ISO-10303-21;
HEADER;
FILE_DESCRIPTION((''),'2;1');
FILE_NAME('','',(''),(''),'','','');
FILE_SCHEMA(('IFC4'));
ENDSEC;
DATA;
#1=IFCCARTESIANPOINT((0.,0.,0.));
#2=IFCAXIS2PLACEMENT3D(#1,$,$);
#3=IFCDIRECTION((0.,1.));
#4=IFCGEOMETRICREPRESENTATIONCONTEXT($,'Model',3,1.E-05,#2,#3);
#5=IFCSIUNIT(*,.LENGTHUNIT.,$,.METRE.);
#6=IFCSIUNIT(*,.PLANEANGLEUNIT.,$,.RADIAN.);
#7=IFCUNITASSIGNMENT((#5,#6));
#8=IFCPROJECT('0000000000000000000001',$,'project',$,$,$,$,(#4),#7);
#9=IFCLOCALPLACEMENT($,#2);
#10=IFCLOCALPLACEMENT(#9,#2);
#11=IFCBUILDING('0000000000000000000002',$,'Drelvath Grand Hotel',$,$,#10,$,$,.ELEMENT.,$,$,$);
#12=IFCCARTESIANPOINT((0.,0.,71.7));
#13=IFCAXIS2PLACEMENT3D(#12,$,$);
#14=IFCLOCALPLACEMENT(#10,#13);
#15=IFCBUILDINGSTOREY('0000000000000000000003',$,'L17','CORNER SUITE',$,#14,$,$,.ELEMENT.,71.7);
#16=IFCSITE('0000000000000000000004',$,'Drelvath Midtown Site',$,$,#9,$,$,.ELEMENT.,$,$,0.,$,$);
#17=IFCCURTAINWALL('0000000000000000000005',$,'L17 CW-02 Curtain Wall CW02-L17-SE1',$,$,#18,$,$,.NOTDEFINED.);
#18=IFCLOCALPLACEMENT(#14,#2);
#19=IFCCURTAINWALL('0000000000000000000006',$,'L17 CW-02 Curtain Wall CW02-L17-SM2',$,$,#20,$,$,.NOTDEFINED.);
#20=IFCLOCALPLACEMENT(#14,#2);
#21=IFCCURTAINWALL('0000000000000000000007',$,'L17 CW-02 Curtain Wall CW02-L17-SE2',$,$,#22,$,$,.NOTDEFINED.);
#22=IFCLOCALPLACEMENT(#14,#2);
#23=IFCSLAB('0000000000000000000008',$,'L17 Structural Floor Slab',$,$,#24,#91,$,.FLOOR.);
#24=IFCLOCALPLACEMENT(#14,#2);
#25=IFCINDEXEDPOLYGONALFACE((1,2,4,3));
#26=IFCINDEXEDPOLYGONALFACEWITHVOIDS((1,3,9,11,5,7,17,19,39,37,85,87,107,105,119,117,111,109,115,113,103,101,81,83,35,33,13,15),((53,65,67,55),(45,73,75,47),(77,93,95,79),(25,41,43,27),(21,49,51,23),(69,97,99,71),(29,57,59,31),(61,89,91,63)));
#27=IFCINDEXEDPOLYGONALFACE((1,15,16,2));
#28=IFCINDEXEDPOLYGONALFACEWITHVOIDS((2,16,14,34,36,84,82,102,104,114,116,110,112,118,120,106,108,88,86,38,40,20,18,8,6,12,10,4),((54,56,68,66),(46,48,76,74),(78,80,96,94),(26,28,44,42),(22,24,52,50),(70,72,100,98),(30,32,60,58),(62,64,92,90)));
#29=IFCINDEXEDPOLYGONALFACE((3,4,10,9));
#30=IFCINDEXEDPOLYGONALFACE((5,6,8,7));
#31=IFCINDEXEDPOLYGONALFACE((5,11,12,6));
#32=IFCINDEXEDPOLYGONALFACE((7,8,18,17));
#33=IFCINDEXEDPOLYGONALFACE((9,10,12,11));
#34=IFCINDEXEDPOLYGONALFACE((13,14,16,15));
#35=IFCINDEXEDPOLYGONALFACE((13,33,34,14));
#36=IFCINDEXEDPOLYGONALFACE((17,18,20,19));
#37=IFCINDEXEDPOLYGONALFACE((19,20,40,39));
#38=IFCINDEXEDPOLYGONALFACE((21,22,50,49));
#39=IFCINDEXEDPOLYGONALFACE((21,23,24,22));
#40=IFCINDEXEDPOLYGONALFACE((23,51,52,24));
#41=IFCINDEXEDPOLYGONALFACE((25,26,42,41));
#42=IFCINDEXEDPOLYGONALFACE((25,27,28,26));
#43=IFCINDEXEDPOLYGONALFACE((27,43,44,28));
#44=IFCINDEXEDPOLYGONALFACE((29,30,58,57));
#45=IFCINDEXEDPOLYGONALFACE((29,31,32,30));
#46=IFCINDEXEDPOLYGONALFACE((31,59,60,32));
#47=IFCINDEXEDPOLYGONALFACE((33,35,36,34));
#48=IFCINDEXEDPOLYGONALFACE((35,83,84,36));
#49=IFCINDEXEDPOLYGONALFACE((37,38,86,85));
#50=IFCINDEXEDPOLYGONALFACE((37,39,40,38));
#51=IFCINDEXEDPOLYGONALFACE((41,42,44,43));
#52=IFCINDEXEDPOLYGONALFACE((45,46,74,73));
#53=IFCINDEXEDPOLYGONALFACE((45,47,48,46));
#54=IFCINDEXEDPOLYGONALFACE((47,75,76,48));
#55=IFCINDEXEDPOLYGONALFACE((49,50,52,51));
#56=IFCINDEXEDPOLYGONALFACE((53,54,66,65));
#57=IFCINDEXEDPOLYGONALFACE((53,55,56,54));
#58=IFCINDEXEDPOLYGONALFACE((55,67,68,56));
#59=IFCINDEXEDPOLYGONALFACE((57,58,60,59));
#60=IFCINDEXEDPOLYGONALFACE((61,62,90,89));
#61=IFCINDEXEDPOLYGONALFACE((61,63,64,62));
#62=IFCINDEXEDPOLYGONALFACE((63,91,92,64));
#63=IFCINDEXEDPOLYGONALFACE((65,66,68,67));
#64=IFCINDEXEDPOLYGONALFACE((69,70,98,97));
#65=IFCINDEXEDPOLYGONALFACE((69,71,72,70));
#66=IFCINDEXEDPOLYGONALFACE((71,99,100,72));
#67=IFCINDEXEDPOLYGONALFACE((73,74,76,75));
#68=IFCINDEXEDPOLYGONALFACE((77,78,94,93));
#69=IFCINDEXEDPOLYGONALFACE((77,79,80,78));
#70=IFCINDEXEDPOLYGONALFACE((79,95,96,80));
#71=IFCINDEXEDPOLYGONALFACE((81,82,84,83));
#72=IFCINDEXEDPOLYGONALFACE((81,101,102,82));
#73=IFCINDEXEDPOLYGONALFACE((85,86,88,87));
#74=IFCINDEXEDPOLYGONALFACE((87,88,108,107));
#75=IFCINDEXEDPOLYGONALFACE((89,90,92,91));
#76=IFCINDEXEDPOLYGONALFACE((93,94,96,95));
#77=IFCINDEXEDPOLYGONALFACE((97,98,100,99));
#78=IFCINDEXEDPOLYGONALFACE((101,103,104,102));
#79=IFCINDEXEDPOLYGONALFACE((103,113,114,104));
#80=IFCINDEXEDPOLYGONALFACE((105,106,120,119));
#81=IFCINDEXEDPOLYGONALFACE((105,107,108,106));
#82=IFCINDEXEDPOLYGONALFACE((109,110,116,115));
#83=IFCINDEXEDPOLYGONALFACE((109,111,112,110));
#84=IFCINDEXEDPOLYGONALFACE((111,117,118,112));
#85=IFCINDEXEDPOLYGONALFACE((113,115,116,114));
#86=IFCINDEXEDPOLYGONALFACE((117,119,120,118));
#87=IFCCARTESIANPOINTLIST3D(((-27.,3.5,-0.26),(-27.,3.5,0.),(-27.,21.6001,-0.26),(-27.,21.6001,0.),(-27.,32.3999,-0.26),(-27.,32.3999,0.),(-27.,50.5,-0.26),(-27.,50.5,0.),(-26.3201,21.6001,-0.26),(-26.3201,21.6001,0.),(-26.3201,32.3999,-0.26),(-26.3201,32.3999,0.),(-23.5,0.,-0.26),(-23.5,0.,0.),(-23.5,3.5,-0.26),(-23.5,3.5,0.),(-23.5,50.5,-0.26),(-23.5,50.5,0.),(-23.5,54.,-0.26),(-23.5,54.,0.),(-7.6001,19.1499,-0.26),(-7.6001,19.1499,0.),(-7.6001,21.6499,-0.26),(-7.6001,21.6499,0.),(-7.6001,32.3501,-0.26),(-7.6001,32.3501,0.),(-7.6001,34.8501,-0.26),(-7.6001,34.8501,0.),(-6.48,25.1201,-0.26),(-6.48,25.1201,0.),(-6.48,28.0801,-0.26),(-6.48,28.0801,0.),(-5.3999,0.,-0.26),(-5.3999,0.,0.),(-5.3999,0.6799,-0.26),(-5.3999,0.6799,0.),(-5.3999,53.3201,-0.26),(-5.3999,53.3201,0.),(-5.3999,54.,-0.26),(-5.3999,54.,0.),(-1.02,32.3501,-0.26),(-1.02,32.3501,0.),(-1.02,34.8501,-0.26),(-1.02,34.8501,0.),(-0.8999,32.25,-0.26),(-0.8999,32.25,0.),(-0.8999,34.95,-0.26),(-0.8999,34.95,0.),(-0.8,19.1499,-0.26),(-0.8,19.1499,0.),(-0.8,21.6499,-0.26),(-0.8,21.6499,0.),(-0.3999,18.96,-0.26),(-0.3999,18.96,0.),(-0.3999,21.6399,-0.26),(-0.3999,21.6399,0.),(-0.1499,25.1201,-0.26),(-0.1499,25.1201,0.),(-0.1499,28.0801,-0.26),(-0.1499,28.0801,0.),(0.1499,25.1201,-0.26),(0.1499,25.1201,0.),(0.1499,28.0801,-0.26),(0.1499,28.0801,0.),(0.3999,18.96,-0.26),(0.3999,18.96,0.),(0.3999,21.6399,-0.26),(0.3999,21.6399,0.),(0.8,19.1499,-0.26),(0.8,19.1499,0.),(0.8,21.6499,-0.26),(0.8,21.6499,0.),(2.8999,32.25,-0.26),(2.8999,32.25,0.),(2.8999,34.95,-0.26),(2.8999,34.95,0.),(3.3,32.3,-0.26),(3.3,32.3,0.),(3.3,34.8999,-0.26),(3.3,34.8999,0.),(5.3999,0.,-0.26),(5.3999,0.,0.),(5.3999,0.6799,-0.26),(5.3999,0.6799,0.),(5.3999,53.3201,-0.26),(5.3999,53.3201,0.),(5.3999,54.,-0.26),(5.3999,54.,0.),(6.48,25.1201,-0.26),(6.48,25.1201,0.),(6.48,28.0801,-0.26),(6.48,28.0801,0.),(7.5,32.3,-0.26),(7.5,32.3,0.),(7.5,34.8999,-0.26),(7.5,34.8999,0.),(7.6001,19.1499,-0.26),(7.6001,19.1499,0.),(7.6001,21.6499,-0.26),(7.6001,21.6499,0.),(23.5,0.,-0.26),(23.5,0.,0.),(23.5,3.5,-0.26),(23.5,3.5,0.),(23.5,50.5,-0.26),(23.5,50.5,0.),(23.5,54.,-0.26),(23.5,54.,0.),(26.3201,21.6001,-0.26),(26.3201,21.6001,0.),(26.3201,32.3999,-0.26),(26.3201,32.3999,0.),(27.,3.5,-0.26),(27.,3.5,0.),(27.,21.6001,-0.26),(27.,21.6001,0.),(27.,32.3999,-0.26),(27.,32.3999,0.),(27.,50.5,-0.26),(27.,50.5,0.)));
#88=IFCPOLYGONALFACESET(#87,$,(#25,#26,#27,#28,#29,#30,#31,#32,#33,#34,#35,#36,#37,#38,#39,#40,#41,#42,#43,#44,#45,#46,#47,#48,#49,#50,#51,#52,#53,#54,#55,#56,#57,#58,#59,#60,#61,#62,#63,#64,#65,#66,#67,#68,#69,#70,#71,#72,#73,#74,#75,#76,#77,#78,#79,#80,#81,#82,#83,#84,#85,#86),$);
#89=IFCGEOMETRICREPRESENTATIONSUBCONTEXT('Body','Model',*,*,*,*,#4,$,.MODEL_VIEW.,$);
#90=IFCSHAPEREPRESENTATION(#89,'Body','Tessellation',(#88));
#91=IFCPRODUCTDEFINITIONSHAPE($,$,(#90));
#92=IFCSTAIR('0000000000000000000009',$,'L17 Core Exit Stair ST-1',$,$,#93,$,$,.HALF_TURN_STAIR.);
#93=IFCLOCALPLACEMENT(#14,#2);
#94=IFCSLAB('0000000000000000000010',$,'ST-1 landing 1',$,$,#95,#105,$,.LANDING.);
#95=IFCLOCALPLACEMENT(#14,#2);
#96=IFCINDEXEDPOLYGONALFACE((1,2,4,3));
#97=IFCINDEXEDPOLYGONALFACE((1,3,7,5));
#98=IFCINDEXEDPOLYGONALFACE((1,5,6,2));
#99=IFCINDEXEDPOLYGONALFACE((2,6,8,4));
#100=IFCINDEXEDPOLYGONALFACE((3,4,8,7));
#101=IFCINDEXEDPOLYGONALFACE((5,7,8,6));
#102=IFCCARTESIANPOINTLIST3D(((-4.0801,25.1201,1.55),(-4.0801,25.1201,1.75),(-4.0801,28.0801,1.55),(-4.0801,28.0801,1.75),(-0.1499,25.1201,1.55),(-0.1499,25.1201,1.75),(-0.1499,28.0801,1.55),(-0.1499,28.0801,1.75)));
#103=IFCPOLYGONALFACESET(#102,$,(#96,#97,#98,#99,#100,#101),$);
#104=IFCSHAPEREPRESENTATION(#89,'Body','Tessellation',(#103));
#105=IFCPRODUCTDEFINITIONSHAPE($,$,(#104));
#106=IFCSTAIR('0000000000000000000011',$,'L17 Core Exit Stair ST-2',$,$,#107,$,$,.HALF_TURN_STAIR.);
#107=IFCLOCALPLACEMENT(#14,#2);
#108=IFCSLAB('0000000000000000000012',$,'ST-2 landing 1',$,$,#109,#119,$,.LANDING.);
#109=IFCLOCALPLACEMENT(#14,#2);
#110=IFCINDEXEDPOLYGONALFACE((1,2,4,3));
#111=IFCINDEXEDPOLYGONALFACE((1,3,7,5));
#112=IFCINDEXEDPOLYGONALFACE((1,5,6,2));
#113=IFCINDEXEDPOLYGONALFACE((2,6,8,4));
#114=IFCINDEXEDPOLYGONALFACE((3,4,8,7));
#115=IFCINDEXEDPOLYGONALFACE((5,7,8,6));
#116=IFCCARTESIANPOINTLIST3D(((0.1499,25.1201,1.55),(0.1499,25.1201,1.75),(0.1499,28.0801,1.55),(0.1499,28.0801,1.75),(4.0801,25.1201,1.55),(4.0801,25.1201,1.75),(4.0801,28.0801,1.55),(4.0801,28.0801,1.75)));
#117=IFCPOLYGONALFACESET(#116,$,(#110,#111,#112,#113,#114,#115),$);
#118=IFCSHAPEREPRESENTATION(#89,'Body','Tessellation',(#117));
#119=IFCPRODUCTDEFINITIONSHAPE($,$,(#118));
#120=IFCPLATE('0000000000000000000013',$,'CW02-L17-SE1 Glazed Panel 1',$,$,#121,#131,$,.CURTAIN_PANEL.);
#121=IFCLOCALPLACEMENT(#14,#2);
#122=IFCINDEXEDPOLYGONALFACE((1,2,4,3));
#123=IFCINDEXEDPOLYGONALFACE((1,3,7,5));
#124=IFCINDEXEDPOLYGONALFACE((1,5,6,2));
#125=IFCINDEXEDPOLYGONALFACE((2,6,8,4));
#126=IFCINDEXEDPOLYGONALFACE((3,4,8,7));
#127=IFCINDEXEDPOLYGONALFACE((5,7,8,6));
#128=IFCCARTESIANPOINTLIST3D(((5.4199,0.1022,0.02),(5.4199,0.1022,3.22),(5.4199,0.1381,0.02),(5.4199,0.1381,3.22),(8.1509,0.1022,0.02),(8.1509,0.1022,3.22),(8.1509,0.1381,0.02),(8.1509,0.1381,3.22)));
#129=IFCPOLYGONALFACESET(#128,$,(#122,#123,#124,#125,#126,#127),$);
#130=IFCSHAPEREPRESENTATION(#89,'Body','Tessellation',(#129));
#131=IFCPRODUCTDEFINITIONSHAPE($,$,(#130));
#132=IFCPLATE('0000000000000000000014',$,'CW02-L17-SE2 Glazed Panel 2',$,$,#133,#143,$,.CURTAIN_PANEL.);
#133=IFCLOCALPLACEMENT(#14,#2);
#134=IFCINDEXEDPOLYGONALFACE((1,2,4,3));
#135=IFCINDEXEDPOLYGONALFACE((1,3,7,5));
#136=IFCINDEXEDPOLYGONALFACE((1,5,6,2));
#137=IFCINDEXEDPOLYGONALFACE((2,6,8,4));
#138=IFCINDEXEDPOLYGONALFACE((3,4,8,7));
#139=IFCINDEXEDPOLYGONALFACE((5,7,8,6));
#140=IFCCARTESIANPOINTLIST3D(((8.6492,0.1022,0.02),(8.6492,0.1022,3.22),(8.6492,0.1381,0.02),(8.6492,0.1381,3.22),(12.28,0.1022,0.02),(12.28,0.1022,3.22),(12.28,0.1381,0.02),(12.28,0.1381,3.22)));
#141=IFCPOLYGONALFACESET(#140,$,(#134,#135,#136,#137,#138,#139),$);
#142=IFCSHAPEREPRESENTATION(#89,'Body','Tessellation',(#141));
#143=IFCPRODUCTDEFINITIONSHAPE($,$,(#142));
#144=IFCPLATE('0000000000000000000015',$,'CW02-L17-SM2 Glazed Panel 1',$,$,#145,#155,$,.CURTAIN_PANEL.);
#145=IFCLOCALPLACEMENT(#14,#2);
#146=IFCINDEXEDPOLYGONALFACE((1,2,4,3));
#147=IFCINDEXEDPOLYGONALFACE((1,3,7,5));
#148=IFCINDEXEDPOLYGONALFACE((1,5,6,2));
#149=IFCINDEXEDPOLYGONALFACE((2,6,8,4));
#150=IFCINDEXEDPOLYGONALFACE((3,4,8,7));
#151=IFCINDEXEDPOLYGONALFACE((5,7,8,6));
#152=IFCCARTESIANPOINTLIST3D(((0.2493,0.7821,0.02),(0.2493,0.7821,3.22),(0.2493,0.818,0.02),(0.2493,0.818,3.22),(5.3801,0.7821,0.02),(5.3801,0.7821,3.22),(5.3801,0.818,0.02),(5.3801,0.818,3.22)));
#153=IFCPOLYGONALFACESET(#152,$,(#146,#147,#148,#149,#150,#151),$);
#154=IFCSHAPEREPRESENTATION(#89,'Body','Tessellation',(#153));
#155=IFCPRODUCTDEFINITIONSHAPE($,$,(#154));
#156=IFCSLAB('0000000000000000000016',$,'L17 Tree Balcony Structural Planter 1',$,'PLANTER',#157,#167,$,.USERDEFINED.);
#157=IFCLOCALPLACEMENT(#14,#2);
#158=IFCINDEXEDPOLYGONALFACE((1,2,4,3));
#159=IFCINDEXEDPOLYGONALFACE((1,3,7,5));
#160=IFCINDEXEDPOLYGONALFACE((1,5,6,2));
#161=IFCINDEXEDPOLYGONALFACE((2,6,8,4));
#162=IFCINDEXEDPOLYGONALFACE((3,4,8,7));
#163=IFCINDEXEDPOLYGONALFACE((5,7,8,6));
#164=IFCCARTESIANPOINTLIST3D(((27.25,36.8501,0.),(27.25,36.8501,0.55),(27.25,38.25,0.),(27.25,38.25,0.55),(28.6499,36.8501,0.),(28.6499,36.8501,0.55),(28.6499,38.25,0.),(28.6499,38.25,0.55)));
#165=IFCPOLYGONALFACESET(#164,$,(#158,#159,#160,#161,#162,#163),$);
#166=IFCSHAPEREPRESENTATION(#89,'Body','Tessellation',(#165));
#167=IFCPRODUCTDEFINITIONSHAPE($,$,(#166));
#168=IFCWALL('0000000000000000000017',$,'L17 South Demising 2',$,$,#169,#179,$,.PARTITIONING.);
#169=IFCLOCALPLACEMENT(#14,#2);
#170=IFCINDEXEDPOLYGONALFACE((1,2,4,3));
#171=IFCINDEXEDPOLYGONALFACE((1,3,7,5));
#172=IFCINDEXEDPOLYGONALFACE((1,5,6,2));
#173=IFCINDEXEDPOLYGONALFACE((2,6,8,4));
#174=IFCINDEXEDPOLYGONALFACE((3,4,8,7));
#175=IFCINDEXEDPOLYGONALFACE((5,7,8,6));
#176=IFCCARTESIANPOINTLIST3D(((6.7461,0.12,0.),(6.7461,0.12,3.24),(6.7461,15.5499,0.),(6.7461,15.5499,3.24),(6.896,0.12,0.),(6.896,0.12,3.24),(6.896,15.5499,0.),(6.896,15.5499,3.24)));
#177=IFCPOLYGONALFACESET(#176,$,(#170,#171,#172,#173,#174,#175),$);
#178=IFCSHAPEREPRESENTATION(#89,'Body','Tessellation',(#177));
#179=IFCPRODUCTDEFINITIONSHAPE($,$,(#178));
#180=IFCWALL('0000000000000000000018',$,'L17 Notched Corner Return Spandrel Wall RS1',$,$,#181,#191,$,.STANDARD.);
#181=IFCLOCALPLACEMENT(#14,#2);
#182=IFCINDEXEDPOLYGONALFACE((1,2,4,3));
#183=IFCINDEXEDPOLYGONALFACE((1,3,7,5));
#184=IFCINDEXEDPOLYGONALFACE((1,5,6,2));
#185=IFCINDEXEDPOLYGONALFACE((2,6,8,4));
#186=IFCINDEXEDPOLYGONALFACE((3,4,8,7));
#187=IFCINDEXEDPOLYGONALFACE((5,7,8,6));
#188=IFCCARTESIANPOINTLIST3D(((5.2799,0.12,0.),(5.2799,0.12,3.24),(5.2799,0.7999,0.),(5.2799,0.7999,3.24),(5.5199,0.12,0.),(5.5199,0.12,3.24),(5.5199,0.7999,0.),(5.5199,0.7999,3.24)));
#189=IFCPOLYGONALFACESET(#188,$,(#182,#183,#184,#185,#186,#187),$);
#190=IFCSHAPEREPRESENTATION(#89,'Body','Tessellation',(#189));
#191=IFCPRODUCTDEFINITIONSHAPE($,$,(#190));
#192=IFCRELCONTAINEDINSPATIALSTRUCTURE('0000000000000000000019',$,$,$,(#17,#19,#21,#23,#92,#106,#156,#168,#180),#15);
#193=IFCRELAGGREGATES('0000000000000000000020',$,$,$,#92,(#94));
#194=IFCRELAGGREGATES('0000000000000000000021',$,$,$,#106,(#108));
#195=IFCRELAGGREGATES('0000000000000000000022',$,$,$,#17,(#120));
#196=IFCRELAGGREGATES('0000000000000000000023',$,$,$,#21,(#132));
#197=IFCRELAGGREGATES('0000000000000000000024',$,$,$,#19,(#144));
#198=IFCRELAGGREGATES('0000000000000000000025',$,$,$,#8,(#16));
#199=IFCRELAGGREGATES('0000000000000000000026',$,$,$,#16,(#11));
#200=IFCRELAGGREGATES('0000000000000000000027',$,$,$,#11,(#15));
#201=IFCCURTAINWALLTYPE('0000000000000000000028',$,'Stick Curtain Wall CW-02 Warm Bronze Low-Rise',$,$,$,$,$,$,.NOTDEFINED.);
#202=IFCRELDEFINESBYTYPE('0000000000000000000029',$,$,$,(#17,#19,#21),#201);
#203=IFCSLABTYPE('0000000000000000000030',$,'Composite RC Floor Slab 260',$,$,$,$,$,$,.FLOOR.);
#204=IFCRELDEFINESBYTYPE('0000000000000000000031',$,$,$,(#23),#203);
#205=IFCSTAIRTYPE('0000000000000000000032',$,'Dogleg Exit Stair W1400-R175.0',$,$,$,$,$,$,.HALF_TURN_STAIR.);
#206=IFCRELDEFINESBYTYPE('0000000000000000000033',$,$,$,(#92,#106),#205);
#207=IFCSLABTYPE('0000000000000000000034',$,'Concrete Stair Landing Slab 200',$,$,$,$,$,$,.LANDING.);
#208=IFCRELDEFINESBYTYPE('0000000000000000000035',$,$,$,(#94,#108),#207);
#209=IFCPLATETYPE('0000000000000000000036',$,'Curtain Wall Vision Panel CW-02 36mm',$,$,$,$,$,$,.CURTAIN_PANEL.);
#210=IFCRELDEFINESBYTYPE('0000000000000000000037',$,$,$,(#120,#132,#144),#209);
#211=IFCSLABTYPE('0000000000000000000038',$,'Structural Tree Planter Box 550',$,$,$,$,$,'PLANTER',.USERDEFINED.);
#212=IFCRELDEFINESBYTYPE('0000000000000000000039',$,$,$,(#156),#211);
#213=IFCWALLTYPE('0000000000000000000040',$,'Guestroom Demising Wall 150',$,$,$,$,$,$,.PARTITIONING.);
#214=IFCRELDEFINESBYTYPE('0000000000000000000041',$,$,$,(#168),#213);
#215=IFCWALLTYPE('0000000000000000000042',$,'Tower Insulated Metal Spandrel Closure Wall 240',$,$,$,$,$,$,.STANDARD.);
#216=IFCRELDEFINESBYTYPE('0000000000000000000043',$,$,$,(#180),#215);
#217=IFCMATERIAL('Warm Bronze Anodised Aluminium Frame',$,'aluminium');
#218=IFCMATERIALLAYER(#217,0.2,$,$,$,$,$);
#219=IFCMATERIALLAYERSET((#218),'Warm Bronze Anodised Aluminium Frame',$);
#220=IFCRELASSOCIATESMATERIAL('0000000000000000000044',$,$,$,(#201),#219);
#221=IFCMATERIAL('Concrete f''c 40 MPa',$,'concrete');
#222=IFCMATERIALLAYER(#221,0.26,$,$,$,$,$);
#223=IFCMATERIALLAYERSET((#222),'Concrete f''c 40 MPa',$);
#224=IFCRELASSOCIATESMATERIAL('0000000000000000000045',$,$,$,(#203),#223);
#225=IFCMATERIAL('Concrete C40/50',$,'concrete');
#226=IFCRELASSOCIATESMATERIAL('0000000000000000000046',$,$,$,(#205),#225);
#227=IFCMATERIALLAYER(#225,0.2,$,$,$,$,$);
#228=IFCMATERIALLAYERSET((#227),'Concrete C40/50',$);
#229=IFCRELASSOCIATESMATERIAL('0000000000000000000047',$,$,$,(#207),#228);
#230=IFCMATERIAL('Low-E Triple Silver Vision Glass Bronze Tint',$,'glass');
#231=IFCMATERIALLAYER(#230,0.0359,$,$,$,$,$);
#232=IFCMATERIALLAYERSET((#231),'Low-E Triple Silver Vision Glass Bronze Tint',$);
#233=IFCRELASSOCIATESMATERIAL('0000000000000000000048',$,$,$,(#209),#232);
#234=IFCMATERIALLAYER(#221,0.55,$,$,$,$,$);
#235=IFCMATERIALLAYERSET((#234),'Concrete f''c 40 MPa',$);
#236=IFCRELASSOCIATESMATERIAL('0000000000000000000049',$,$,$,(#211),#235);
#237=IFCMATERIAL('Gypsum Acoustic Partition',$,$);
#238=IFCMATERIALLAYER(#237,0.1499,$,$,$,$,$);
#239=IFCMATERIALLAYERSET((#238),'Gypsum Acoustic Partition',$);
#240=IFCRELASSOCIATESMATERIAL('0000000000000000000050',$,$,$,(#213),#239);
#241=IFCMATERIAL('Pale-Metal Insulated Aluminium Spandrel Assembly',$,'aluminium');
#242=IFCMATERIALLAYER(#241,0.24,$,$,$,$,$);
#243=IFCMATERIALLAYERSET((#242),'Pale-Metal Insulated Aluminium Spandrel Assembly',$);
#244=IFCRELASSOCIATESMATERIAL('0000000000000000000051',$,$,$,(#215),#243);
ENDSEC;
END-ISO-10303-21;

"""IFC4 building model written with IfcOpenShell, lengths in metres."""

from ifc_helpers import new_model, si_unit, direction, frame, frame_2d, origin, origin_2d, place, context, subcontext, project, spatial, polyline, rectangle, outline, extrude, material, layer, layer_set, type_object, element, aggregate, save


model = new_model("IFC4")

# Units and contexts
model_context = context("Model", 3, precision=1e-05, world=origin(), true_north=direction((0.0, 1.0)))
body_context = subcontext(model_context, "Body", "Model", "MODEL_VIEW")
ifc_project = project(units=[si_unit("LENGTHUNIT", "METRE"), si_unit("PLANEANGLEUNIT", "RADIAN")], contexts=[model_context])

# Site, building, storey
site_placement = place(None, origin())
site = spatial("IfcSite", under=ifc_project, at=site_placement, Name="Drelvath Midtown Site", CompositionType="ELEMENT", RefElevation=0.0)
building_placement = place(site_placement, origin())
building = spatial("IfcBuilding", under=site, at=building_placement, Name="Drelvath Grand Hotel", CompositionType="ELEMENT")
storey_placement = place(building_placement, frame((0.0, 0.0, 71.7)))
storey = spatial("IfcBuildingStorey", under=building, at=storey_placement, Name="L17", Description="CORNER SUITE", CompositionType="ELEMENT", Elevation=71.7)

# Curtain walls
ifc_material_1 = material(Name="Warm Bronze Anodised Aluminium Frame", Category="aluminium")
ifc_layer_1 = layer(ifc_material_1, 0.2)
ifc_layer_set_1 = layer_set([ifc_layer_1], Name="Warm Bronze Anodised Aluminium Frame")
curtain_wall_type = type_object("IfcCurtainWallType", Name="Stick Curtain Wall CW-02 Warm Bronze Low-Rise", PredefinedType="NOTDEFINED", material=ifc_layer_set_1)
curtain_wall_1_placement = place(storey_placement, origin())
curtain_wall_1 = element("IfcCurtainWall", 1, at=curtain_wall_1_placement, inside=storey, type_object=curtain_wall_type, Name="L17 CW-02 Curtain Wall CW02-L17-SE1", PredefinedType="NOTDEFINED")
curtain_wall_2_placement = place(storey_placement, origin())
curtain_wall_2 = element("IfcCurtainWall", 2, at=curtain_wall_2_placement, inside=storey, type_object=curtain_wall_type, Name="L17 CW-02 Curtain Wall CW02-L17-SM2", PredefinedType="NOTDEFINED")

# Curtain wall
curtain_wall_3_placement = place(storey_placement, origin())
curtain_wall_3 = element("IfcCurtainWall", 3, at=curtain_wall_3_placement, inside=storey, type_object=curtain_wall_type, Name="L17 CW-02 Curtain Wall CW02-L17-SE2", PredefinedType="NOTDEFINED")

# Slab
ifc_material_2 = material(Name="Concrete f'c 40 MPa", Category="concrete")
ifc_layer_2 = layer(ifc_material_2, 0.26)
ifc_layer_set_2 = layer_set([ifc_layer_2], Name="Concrete f'c 40 MPa")
slab_type_1 = type_object("IfcSlabType", Name="Composite RC Floor Slab 260", PredefinedType="FLOOR", material=ifc_layer_set_2)
slab_1_placement = place(storey_placement, frame((0.0, 0.0, -0.26)))
element("IfcSlab", 4, at=slab_1_placement, inside=storey, type_object=slab_type_1, Name="L17 Structural Floor Slab", PredefinedType="FLOOR", context=body_context, shape_type="SweptSolid", body=[
    extrude(outline(polyline([(-23.5, 0.0), (-5.3999, 0.0), (-5.3999, 0.6799), (5.3999, 0.6799), (5.3999, 0.0), (23.5, 0.0), (23.5, 3.5), (27.0, 3.5), (27.0, 21.6001), (26.3201, 21.6001), (26.3201, 32.3999), (27.0, 32.3999), (27.0, 50.5), (23.5, 50.5), (23.5, 54.0), (5.3999, 54.0), (5.3999, 53.3201), (-5.3999, 53.3201), (-5.3999, 54.0), (-23.5, 54.0), (-23.5, 50.5), (-27.0, 50.5), (-27.0, 32.3999), (-26.3201, 32.3999), (-26.3201, 21.6001), (-27.0, 21.6001), (-27.0, 3.5), (-23.5, 3.5), (-23.5, 0.0)]), holes=[polyline([(-6.48, 25.1201), (-6.48, 28.0801), (-0.1499, 28.0801), (-0.1499, 25.1201), (-6.48, 25.1201)]), polyline([(0.1499, 25.1201), (0.1499, 28.0801), (6.48, 28.0801), (6.48, 25.1201), (0.1499, 25.1201)]), polyline([(-7.6001, 19.1499), (-7.6001, 21.6499), (-0.8, 21.6499), (-0.8, 19.1499), (-7.6001, 19.1499)]), polyline([(-0.3999, 18.96), (-0.3999, 21.6399), (0.3999, 21.6399), (0.3999, 18.96), (-0.3999, 18.96)]), polyline([(0.8, 19.1499), (0.8, 21.6499), (7.6001, 21.6499), (7.6001, 19.1499), (0.8, 19.1499)]), polyline([(-7.6001, 32.3501), (-7.6001, 34.8501), (-1.02, 34.8501), (-1.02, 32.3501), (-7.6001, 32.3501)]), polyline([(-0.8999, 32.25), (-0.8999, 34.95), (2.8999, 34.95), (2.8999, 32.25), (-0.8999, 32.25)]), polyline([(3.3, 32.3), (3.3, 34.8999), (7.5, 34.8999), (7.5, 32.3), (3.3, 32.3)])]), origin(), (0.0, 0.0, 1.0), 0.26),
])

# Stairs, slabs
ifc_material_3 = material(Name="Concrete C40/50", Category="concrete")
stair_type = type_object("IfcStairType", Name="Dogleg Exit Stair W1400-R175.0", PredefinedType="HALF_TURN_STAIR", material=ifc_material_3)
stair_1_placement = place(storey_placement, origin())
stair_1 = element("IfcStair", 5, at=stair_1_placement, inside=storey, type_object=stair_type, Name="L17 Core Exit Stair ST-1", PredefinedType="HALF_TURN_STAIR")
ifc_layer_3 = layer(ifc_material_3, 0.2)
ifc_layer_set_3 = layer_set([ifc_layer_3], Name="Concrete C40/50")
slab_type_2 = type_object("IfcSlabType", Name="Concrete Stair Landing Slab 200", PredefinedType="LANDING", material=ifc_layer_set_3)
slab_2_placement = place(storey_placement, frame((0.0, 0.0, 1.55)))
slab_2 = element("IfcSlab", 6, at=slab_2_placement, type_object=slab_type_2, Name="ST-1 landing 1", PredefinedType="LANDING", context=body_context, shape_type="SweptSolid", body=[
    extrude(outline(polyline([(-4.0801, 25.1201), (-0.1499, 25.1201), (-0.1499, 28.0801), (-4.0801, 28.0801), (-4.0801, 25.1201)])), origin(), (0.0, 0.0, 1.0), 0.2),
])
aggregate(stair_1, [slab_2])
stair_2_placement = place(storey_placement, origin())
stair_2 = element("IfcStair", 7, at=stair_2_placement, inside=storey, type_object=stair_type, Name="L17 Core Exit Stair ST-2", PredefinedType="HALF_TURN_STAIR")
slab_3_placement = place(storey_placement, frame((0.0, 0.0, 1.55)))
slab_3 = element("IfcSlab", 8, at=slab_3_placement, type_object=slab_type_2, Name="ST-2 landing 1", PredefinedType="LANDING", context=body_context, shape_type="SweptSolid", body=[
    extrude(outline(polyline([(4.0801, 28.0801), (0.1499, 28.0801), (0.1499, 25.1201), (4.0801, 25.1201), (4.0801, 28.0801)])), origin(), (0.0, 0.0, 1.0), 0.2),
])
aggregate(stair_2, [slab_3])

# Plates
ifc_material_4 = material(Name="Low-E Triple Silver Vision Glass Bronze Tint", Category="glass")
ifc_layer_4 = layer(ifc_material_4, 0.0359)
ifc_layer_set_4 = layer_set([ifc_layer_4], Name="Low-E Triple Silver Vision Glass Bronze Tint")
plate_type = type_object("IfcPlateType", Name="Curtain Wall Vision Panel CW-02 36mm", PredefinedType="CURTAIN_PANEL", material=ifc_layer_set_4)
plate_1_placement = place(storey_placement, frame((6.7854, 0.1201, 0.02), z_axis=(0.0, 0.0, 1.0), x_axis=(-1.0, 0.0, 0.0)))
plate_1 = element("IfcPlate", 9, at=plate_1_placement, type_object=plate_type, Name="CW02-L17-SE1 Glazed Panel 1", PredefinedType="CURTAIN_PANEL", context=body_context, shape_type="SweptSolid", body=[
    extrude(rectangle(XDim=2.731, YDim=0.0359, at=origin_2d()), origin(), (0.0, 0.0, 1.0), 3.2),
])
aggregate(curtain_wall_1, [plate_1])
plate_2_placement = place(storey_placement, frame((10.4646, 0.1201, 0.02), z_axis=(0.0, 0.0, 1.0), x_axis=(-1.0, 0.0, 0.0)))
plate_2 = element("IfcPlate", 10, at=plate_2_placement, type_object=plate_type, Name="CW02-L17-SE2 Glazed Panel 2", PredefinedType="CURTAIN_PANEL", context=body_context, shape_type="SweptSolid", body=[
    extrude(rectangle(XDim=3.6309, YDim=0.0359, at=origin_2d()), origin(), (0.0, 0.0, 1.0), 3.2),
])
aggregate(curtain_wall_3, [plate_2])
plate_3_placement = place(storey_placement, frame((2.8147, 0.8, 0.02), z_axis=(0.0, 0.0, 1.0), x_axis=(-1.0, 0.0, 0.0)))
plate_3 = element("IfcPlate", 11, at=plate_3_placement, type_object=plate_type, Name="CW02-L17-SM2 Glazed Panel 1", PredefinedType="CURTAIN_PANEL", context=body_context, shape_type="SweptSolid", body=[
    extrude(rectangle(XDim=5.1309, YDim=0.0359, at=origin_2d()), origin(), (0.0, 0.0, 1.0), 3.2),
])
aggregate(curtain_wall_2, [plate_3])

# Slab
ifc_layer_5 = layer(ifc_material_2, 0.55)
ifc_layer_set_5 = layer_set([ifc_layer_5], Name="Concrete f'c 40 MPa")
slab_type_3 = type_object("IfcSlabType", Name="Structural Tree Planter Box 550", ElementType="PLANTER", PredefinedType="USERDEFINED", material=ifc_layer_set_5)
slab_4_placement = place(storey_placement, origin())
element("IfcSlab", 12, at=slab_4_placement, inside=storey, type_object=slab_type_3, Name="L17 Tree Balcony Structural Planter 1", ObjectType="PLANTER", PredefinedType="USERDEFINED", context=body_context, shape_type="SweptSolid", body=[
    extrude(outline(polyline([(27.25, 36.8501), (28.6499, 36.8501), (28.6499, 38.25), (27.25, 38.25), (27.25, 36.8501)])), origin(), (0.0, 0.0, 1.0), 0.55),
])

# Walls
ifc_material_5 = material(Name="Gypsum Acoustic Partition")
ifc_layer_6 = layer(ifc_material_5, 0.1499)
ifc_layer_set_6 = layer_set([ifc_layer_6], Name="Gypsum Acoustic Partition")
wall_type_1 = type_object("IfcWallType", Name="Guestroom Demising Wall 150", PredefinedType="PARTITIONING", material=ifc_layer_set_6)
wall_1_placement = place(storey_placement, frame((6.821, 0.1201, 0.0), z_axis=(0.0, 0.0, 1.0), x_axis=(0.0, 1.0, 0.0)))
element("IfcWall", 13, at=wall_1_placement, inside=storey, type_object=wall_type_1, Name="L17 South Demising 2", PredefinedType="PARTITIONING", context=body_context, shape_type="SweptSolid", body=[
    extrude(rectangle(XDim=15.4299, YDim=0.1499, at=frame_2d((7.7148, 0.0))), origin(), (0.0, 0.0, 1.0), 3.24),
])
ifc_material_6 = material(Name="Pale-Metal Insulated Aluminium Spandrel Assembly", Category="aluminium")
ifc_layer_7 = layer(ifc_material_6, 0.24)
ifc_layer_set_7 = layer_set([ifc_layer_7], Name="Pale-Metal Insulated Aluminium Spandrel Assembly")
wall_type_2 = type_object("IfcWallType", Name="Tower Insulated Metal Spandrel Closure Wall 240", PredefinedType="STANDARD", material=ifc_layer_set_7)
wall_2_placement = place(storey_placement, frame((5.3999, 0.1201, 0.0), z_axis=(0.0, 0.0, 1.0), x_axis=(0.0, 1.0, 0.0)))
element("IfcWall", 14, at=wall_2_placement, inside=storey, type_object=wall_type_2, Name="L17 Notched Corner Return Spandrel Wall RS1", PredefinedType="STANDARD", context=body_context, shape_type="SweptSolid", body=[
    extrude(rectangle(XDim=0.6799, YDim=0.24, at=frame_2d((0.3398, 0.0))), origin(), (0.0, 0.0, 1.0), 3.24),
])

save(model, "model.ifc")
